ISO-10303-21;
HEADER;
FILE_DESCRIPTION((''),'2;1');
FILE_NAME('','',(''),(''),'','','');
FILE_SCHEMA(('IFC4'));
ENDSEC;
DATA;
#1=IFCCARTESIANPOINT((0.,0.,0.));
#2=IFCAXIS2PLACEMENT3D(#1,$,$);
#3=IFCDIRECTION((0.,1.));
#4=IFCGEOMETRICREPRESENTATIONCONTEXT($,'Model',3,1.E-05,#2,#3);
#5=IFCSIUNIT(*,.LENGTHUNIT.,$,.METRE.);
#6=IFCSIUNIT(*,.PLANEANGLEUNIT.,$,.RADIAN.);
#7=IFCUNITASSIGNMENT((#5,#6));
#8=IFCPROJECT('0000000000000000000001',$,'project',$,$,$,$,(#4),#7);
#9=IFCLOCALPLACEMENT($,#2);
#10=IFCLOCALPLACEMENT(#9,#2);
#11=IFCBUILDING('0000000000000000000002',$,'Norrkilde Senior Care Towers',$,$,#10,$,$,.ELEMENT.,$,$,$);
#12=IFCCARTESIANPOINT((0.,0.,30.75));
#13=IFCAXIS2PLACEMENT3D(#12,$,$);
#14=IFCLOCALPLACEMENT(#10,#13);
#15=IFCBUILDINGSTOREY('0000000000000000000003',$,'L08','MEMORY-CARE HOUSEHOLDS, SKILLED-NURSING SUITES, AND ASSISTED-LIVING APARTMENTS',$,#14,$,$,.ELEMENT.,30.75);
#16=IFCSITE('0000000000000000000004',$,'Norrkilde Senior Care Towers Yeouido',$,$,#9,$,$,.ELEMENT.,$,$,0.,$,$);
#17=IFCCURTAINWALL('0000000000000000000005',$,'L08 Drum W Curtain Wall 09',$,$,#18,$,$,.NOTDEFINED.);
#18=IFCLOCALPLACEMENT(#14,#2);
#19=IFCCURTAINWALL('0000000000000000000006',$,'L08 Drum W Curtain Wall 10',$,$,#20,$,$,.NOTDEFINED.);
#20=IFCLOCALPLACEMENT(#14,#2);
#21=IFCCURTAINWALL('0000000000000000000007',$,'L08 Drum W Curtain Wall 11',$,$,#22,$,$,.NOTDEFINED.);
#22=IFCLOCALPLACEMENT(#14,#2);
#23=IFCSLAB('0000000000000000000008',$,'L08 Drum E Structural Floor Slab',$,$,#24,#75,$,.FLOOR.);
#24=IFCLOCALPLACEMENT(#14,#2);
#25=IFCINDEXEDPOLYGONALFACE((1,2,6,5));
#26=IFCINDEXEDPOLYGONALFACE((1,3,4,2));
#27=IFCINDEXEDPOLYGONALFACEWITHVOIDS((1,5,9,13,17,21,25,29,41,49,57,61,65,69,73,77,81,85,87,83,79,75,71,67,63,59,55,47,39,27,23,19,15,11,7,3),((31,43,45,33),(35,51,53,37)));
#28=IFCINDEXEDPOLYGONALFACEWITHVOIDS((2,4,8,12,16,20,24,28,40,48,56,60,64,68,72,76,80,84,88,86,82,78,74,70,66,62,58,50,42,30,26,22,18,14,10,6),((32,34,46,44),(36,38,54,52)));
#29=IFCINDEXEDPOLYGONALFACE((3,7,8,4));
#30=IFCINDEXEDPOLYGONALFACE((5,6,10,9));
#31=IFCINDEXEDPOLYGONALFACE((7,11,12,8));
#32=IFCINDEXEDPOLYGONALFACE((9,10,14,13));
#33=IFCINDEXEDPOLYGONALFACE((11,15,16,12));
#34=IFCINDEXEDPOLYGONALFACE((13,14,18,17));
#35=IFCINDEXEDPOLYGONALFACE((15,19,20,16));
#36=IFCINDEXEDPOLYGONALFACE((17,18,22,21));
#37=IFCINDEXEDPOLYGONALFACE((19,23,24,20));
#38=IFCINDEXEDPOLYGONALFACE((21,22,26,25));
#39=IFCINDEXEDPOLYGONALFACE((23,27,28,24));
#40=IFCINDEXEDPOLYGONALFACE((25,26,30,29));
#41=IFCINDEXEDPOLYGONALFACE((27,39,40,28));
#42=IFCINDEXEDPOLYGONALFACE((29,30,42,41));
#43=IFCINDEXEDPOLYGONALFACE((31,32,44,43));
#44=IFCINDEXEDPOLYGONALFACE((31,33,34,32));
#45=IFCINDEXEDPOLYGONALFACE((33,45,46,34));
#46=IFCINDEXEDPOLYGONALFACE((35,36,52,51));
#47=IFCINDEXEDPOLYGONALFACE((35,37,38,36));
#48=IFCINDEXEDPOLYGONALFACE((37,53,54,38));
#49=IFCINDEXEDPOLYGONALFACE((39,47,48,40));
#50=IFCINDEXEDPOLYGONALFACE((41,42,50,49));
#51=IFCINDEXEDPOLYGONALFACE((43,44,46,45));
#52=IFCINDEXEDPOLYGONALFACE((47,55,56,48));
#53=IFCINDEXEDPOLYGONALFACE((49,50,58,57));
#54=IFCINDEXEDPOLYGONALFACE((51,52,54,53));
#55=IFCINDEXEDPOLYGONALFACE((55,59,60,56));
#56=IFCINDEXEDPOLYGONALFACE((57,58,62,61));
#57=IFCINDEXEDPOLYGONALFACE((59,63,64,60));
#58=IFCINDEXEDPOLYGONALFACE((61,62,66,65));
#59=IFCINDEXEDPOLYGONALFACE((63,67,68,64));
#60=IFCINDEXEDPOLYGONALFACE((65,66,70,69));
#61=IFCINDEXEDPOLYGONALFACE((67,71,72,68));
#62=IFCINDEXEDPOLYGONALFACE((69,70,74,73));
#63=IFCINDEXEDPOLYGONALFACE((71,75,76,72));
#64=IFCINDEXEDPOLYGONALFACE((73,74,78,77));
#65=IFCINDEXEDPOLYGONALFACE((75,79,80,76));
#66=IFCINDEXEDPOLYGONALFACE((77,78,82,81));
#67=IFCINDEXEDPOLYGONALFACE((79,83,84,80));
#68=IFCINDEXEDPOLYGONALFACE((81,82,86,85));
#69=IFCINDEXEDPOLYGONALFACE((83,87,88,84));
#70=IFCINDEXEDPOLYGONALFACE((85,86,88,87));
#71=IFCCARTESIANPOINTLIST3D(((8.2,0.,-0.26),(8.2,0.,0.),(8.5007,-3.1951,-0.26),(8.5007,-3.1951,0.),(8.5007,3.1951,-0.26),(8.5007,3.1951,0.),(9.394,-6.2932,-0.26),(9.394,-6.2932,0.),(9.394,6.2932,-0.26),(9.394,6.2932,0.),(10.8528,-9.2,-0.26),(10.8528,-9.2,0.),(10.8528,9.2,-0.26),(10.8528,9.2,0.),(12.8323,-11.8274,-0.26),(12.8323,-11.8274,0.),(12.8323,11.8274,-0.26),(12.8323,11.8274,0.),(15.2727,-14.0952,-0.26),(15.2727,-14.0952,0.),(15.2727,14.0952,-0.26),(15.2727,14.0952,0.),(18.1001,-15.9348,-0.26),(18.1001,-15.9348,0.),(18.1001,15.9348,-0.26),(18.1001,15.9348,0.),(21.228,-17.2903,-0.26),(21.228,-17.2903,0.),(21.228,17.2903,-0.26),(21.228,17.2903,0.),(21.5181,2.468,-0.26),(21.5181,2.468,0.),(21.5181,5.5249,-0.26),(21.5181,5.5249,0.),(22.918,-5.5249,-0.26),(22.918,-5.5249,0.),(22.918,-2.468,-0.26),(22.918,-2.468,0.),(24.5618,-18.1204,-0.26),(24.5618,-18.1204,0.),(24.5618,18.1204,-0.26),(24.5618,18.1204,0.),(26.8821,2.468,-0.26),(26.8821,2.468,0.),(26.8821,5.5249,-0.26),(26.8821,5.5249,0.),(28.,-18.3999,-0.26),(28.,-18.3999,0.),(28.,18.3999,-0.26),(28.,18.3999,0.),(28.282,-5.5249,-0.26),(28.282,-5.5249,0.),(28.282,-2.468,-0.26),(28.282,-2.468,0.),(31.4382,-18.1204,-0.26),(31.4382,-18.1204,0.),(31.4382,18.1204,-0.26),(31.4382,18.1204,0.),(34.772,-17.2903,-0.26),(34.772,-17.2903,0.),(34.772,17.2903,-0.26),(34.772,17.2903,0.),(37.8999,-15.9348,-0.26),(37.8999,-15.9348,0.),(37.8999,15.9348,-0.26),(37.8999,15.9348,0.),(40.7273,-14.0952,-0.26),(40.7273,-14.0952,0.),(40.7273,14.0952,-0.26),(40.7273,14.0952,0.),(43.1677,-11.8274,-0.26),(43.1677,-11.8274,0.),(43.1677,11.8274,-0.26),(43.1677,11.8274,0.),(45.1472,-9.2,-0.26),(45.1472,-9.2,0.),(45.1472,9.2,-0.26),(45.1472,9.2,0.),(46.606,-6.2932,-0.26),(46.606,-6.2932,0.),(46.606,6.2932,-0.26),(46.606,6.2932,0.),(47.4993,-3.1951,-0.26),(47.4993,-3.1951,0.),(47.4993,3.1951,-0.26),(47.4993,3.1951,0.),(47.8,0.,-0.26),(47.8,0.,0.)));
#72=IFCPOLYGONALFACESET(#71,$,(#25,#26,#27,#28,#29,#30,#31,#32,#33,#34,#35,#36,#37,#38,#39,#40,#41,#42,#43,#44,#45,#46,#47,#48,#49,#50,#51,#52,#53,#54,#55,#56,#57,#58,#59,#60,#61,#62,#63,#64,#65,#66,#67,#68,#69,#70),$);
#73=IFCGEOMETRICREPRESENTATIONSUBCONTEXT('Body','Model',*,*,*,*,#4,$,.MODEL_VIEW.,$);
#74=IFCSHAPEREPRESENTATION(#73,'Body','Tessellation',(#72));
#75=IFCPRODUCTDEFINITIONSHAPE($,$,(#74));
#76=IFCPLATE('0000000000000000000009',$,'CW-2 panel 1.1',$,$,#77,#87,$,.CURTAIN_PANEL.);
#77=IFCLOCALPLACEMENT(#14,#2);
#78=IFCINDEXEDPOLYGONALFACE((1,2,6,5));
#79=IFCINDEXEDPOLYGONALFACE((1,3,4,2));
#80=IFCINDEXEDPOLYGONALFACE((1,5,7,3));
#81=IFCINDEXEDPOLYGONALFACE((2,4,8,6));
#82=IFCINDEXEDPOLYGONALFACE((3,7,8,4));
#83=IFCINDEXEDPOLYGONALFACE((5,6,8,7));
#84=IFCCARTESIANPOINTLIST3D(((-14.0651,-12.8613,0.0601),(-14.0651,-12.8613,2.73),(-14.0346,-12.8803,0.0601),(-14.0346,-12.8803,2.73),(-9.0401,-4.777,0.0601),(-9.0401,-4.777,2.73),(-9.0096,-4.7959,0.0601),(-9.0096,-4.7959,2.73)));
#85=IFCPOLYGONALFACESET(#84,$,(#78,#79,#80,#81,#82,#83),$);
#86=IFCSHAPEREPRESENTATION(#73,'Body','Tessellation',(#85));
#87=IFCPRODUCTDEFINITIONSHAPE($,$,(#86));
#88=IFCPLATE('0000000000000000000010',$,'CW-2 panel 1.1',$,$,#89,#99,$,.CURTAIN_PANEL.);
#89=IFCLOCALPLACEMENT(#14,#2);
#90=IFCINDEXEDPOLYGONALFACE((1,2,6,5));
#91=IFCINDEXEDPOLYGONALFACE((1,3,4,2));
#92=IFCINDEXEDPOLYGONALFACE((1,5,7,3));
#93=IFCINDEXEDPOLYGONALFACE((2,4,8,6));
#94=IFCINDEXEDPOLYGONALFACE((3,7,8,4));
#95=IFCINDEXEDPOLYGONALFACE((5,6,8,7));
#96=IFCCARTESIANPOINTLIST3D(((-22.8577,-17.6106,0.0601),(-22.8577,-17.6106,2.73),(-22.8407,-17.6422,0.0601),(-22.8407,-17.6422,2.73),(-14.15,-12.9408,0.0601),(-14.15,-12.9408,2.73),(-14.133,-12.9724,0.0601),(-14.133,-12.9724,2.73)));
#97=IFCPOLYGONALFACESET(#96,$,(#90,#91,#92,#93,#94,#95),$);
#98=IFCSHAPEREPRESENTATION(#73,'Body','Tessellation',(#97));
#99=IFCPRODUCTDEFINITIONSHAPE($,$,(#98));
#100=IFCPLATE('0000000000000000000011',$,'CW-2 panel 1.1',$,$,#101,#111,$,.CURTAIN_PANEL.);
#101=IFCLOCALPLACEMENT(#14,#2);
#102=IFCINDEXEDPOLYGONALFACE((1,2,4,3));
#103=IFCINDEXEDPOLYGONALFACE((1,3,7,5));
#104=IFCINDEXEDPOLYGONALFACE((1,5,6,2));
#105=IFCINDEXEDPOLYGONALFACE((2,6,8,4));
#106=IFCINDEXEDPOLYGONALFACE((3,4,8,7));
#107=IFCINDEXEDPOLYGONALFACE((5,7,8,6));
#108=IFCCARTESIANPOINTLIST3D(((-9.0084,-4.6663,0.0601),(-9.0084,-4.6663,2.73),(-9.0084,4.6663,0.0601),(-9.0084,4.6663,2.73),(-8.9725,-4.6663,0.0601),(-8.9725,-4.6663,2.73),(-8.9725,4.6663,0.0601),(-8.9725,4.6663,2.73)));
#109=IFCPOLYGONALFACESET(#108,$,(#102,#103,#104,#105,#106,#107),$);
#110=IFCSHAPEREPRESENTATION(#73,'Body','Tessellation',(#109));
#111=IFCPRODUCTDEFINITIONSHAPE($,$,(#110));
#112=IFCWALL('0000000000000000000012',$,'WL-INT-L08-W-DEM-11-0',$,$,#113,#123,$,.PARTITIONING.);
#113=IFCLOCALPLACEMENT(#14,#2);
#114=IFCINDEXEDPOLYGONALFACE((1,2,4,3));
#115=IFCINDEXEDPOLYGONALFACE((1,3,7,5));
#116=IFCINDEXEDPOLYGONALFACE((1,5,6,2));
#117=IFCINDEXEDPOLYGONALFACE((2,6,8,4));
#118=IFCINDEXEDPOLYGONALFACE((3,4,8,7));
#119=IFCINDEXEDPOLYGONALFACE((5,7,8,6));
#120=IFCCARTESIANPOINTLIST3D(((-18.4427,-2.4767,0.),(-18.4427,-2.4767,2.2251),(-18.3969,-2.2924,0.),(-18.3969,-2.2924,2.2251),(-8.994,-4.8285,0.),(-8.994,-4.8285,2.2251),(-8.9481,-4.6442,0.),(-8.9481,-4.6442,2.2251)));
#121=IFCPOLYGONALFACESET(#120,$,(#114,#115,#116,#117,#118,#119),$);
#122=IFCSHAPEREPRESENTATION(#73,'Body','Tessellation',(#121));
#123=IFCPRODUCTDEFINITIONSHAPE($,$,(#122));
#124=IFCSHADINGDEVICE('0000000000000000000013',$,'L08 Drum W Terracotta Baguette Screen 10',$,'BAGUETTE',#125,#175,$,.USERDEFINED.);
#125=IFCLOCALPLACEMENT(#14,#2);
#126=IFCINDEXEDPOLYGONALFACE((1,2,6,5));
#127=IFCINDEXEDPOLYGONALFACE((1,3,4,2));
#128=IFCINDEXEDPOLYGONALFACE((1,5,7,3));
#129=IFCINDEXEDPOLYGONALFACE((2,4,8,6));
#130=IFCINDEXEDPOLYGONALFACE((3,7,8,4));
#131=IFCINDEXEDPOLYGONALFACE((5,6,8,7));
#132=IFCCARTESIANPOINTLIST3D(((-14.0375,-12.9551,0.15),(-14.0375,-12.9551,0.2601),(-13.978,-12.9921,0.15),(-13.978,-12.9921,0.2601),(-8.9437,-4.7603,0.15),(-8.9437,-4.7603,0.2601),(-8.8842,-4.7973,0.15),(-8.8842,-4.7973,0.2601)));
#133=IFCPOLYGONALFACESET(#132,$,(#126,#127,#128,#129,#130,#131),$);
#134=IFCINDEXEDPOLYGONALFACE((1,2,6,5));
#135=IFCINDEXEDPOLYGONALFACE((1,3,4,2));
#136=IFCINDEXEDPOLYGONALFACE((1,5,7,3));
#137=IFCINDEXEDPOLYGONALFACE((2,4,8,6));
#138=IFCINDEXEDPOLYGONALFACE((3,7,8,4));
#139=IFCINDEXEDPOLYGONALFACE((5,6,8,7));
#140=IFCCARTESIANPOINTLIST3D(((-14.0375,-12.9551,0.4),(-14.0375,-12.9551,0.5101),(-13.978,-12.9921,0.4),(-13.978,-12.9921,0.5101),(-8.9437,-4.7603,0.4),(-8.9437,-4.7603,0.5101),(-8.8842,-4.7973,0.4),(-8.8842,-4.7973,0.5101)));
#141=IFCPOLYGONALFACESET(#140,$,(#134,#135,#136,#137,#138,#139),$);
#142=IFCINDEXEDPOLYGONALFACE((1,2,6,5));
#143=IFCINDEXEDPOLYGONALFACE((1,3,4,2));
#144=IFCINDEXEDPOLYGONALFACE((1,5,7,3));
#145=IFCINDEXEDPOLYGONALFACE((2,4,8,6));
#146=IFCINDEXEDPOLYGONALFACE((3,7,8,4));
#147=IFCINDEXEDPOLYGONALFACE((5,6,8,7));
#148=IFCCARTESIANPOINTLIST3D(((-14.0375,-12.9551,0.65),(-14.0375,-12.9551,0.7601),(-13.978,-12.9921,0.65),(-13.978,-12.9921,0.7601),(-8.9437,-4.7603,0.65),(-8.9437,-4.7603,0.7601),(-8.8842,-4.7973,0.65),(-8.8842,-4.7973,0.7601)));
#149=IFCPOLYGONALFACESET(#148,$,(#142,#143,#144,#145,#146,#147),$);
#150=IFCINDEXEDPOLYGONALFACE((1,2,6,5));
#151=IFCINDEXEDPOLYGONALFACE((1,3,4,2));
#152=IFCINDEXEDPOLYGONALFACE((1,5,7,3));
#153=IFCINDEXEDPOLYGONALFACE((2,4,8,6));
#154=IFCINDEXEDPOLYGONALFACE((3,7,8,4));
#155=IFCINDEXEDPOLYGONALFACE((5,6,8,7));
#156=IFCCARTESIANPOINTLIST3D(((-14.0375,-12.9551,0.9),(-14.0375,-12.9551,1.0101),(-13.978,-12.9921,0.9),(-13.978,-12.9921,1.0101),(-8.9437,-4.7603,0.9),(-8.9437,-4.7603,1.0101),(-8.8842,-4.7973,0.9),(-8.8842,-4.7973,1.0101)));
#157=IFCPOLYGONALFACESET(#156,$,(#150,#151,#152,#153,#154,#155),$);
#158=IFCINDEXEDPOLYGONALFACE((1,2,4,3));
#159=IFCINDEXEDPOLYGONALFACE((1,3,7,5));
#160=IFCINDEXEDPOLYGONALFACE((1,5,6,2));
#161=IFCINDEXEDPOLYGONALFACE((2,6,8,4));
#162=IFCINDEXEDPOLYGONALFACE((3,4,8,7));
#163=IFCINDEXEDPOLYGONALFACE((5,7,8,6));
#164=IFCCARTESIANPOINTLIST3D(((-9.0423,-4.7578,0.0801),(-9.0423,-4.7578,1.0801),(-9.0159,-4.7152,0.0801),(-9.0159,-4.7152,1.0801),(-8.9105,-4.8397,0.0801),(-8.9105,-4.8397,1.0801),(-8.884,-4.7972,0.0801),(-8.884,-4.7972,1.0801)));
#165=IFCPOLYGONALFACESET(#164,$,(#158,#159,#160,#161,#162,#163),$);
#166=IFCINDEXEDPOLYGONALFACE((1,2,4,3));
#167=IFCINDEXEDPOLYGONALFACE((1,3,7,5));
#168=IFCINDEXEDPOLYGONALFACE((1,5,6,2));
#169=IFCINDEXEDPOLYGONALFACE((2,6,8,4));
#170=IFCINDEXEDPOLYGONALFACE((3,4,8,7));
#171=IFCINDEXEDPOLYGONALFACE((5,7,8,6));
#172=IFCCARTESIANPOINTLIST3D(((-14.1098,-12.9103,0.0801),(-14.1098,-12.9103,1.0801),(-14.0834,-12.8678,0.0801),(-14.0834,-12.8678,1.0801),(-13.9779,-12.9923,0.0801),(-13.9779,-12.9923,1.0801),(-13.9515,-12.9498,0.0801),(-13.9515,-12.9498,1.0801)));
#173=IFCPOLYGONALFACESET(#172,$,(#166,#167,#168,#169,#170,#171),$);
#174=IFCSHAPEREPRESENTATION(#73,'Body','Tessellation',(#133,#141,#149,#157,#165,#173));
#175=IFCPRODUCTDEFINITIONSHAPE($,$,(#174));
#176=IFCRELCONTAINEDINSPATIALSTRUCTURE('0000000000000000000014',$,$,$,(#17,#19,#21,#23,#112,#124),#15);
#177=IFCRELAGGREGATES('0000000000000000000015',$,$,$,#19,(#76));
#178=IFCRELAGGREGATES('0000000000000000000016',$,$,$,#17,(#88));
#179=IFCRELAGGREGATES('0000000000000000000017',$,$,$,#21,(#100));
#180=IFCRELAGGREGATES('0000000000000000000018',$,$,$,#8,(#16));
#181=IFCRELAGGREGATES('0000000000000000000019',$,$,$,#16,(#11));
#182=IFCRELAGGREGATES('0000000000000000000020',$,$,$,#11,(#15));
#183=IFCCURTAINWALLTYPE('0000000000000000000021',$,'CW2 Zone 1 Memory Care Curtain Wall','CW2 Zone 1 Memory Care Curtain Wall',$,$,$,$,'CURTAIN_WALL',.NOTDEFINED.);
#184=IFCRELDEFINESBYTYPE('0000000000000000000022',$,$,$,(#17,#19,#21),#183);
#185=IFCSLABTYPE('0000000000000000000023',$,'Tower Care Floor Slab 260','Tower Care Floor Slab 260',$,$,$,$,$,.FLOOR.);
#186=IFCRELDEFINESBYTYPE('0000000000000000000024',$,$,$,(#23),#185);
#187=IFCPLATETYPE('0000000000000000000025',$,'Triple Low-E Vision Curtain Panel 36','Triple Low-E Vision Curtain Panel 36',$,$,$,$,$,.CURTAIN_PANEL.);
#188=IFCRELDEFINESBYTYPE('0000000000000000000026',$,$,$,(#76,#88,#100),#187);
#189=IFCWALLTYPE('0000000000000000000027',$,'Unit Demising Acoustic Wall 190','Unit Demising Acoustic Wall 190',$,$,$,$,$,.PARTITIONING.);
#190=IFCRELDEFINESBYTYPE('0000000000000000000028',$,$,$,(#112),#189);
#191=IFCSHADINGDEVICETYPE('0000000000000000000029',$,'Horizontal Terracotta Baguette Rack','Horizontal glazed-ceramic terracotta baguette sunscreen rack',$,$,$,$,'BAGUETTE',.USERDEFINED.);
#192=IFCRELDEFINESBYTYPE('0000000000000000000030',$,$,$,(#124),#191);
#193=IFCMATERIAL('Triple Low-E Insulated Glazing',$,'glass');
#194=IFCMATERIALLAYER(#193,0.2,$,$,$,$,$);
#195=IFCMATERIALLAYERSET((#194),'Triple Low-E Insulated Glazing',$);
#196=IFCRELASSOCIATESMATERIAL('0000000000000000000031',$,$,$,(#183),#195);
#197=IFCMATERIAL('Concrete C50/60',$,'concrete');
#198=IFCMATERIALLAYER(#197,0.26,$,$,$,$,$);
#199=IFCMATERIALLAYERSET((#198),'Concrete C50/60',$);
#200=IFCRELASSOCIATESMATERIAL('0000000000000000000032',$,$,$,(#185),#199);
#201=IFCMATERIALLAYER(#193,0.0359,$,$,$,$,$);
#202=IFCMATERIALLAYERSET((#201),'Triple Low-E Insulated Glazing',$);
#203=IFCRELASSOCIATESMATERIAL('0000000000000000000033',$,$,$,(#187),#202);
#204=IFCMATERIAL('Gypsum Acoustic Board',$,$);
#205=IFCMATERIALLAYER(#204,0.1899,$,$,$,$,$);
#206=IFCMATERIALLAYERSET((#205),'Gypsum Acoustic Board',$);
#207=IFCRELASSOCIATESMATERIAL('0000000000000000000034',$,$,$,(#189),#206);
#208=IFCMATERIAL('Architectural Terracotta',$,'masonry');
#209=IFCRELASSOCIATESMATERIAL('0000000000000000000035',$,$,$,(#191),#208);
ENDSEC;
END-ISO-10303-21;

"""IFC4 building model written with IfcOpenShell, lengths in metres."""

from ifc_helpers import new_model, si_unit, direction, frame, frame_2d, origin, origin_2d, place, context, subcontext, project, spatial, polyline, rectangle, outline, extrude, source, transform, mapped, material, layer, layer_set, type_object, type_shapes, element, aggregate, save


model = new_model("IFC4")

# Units and contexts
model_context = context("Model", 3, precision=1e-05, world=origin(), true_north=direction((0.0, 1.0)))
body_context = subcontext(model_context, "Body", "Model", "MODEL_VIEW")
ifc_project = project(units=[si_unit("LENGTHUNIT", "METRE"), si_unit("PLANEANGLEUNIT", "RADIAN")], contexts=[model_context])

# Site, building, storey
site_placement = place(None, origin())
site = spatial("IfcSite", under=ifc_project, at=site_placement, Name="Norrkilde Senior Care Towers Yeouido", CompositionType="ELEMENT", RefElevation=0.0)
building_placement = place(site_placement, origin())
building = spatial("IfcBuilding", under=site, at=building_placement, Name="Norrkilde Senior Care Towers", CompositionType="ELEMENT")
storey_placement = place(building_placement, frame((0.0, 0.0, 30.75)))
storey = spatial("IfcBuildingStorey", under=building, at=storey_placement, Name="L08", Description="MEMORY-CARE HOUSEHOLDS, SKILLED-NURSING SUITES, AND ASSISTED-LIVING APARTMENTS", CompositionType="ELEMENT", Elevation=30.75)

# Curtain wall
ifc_material_1 = material(Name="Triple Low-E Insulated Glazing", Category="glass")
ifc_layer_1 = layer(ifc_material_1, 0.2)
ifc_layer_set_1 = layer_set([ifc_layer_1], Name="Triple Low-E Insulated Glazing")
curtain_wall_type = type_object("IfcCurtainWallType", Name="CW2 Zone 1 Memory Care Curtain Wall", Description="CW2 Zone 1 Memory Care Curtain Wall", ElementType="CURTAIN_WALL", PredefinedType="NOTDEFINED", material=ifc_layer_set_1)
curtain_wall_1_placement = place(storey_placement, origin())
curtain_wall_1 = element("IfcCurtainWall", 1, at=curtain_wall_1_placement, inside=storey, type_object=curtain_wall_type, Name="L08 Drum W Curtain Wall 09", PredefinedType="NOTDEFINED")

# Curtain wall
curtain_wall_2_placement = place(storey_placement, origin())
curtain_wall_2 = element("IfcCurtainWall", 2, at=curtain_wall_2_placement, inside=storey, type_object=curtain_wall_type, Name="L08 Drum W Curtain Wall 10", PredefinedType="NOTDEFINED")

# Curtain wall
curtain_wall_3_placement = place(storey_placement, origin())
curtain_wall_3 = element("IfcCurtainWall", 3, at=curtain_wall_3_placement, inside=storey, type_object=curtain_wall_type, Name="L08 Drum W Curtain Wall 11", PredefinedType="NOTDEFINED")

# Shared definitions
ifc_material_2 = material(Name="Concrete C50/60", Category="concrete")

# Slab
ifc_layer_2 = layer(ifc_material_2, 0.26)
ifc_layer_set_2 = layer_set([ifc_layer_2], Name="Concrete C50/60")
slab_type_1 = type_object("IfcSlabType", Name="Tower Care Floor Slab 260", Description="Tower Care Floor Slab 260", PredefinedType="FLOOR", material=ifc_layer_set_2)
slab_1_placement = place(storey_placement, frame((0.0, 0.0, -0.26)))
element("IfcSlab", 4, at=slab_1_placement, inside=storey, type_object=slab_type_1, Name="L08 Drum E Structural Floor Slab", PredefinedType="FLOOR", context=body_context, shape_type="SweptSolid", body=[
    extrude(outline(polyline([(46.606, -6.2932), (45.1472, -9.2), (43.1677, -11.8274), (40.7273, -14.0952), (37.8999, -15.9348), (34.772, -17.2903), (31.4382, -18.1204), (28.0, -18.3999), (24.5618, -18.1204), (21.228, -17.2903), (18.1001, -15.9348), (15.2727, -14.0952), (12.8323, -11.8274), (10.8528, -9.2), (9.394, -6.2932), (8.5007, -3.1951), (8.2, 0.0), (8.5007, 3.1951), (9.394, 6.2932), (10.8528, 9.2), (12.8323, 11.8274), (15.2727, 14.0952), (18.1001, 15.9348), (21.228, 17.2903), (24.5618, 18.1204), (28.0, 18.3999), (31.4382, 18.1204), (34.772, 17.2903), (37.8999, 15.9348), (40.7273, 14.0952), (43.1677, 11.8274), (45.1472, 9.2), (46.606, 6.2932), (47.4993, 3.1951), (47.8, 0.0), (47.4993, -3.1951), (46.606, -6.2932)]), holes=[polyline([(21.5181, 2.468), (26.8821, 2.468), (26.8821, 5.5249), (21.5181, 5.5249), (21.5181, 2.468)]), polyline([(28.282, -5.5249), (28.282, -2.468), (22.918, -2.468), (22.918, -5.5249), (28.282, -5.5249)])]), origin(), (0.0, 0.0, 1.0), 0.26),
])

# Plates
ifc_layer_3 = layer(ifc_material_1, 0.0359)
ifc_layer_set_3 = layer_set([ifc_layer_3], Name="Triple Low-E Insulated Glazing")
plate_type = type_object("IfcPlateType", Name="Triple Low-E Vision Curtain Panel 36", Description="Triple Low-E Vision Curtain Panel 36", PredefinedType="CURTAIN_PANEL", material=ifc_layer_set_3)
shared_shape_1 = source(origin(), body_context, "Body", "SweptSolid", [
    extrude(rectangle(XDim=9.5188, YDim=0.0359, at=origin_2d()), origin(), (0.0, 0.0, 1.0), 2.6699),
])
plate_1_placement = place(storey_placement, frame((-11.5374, -8.8286, 0.0601), z_axis=(0.0, 0.0, 1.0), x_axis=(-0.527901, -0.849306, 0.0)))
plate_1 = element("IfcPlate", 5, at=plate_1_placement, type_object=plate_type, Name="CW-2 panel 1.1", PredefinedType="CURTAIN_PANEL", context=body_context, shape_type="MappedRepresentation", body=[
    mapped(shared_shape_1, transform((0.0, 0.0, 0.0), x_axis=(1.0, 0.0, 0.0), y_axis=(0.0, 1.0, 0.0), z_axis=(0.0, 0.0, 1.0), scale=1.0)),
])
aggregate(curtain_wall_2, [plate_1])
shared_shape_2 = source(origin(), body_context, "Body", "SweptSolid", [
    extrude(rectangle(XDim=9.8809, YDim=0.0359, at=origin_2d()), origin(), (0.0, 0.0, 1.0), 2.6699),
])
plate_2_placement = place(storey_placement, frame((-18.4954, -15.2915, 0.0601), z_axis=(0.0, 0.0, 1.0), x_axis=(-0.881273, -0.472608, 0.0)))
plate_2 = element("IfcPlate", 6, at=plate_2_placement, type_object=plate_type, Name="CW-2 panel 1.1", PredefinedType="CURTAIN_PANEL", context=body_context, shape_type="MappedRepresentation", body=[
    mapped(shared_shape_2, transform((0.0, 0.0, 0.0), x_axis=(1.0, 0.0, 0.0), y_axis=(0.0, 1.0, 0.0), z_axis=(0.0, 0.0, 1.0), scale=1.0)),
])
aggregate(curtain_wall_1, [plate_2])
shared_shape_3 = source(origin(), body_context, "Body", "SweptSolid", [
    extrude(rectangle(XDim=9.3325, YDim=0.0359, at=origin_2d()), origin(), (0.0, 0.0, 1.0), 2.6699),
])
type_shapes(plate_type, [shared_shape_1, shared_shape_2, shared_shape_3])
plate_3_placement = place(storey_placement, frame((-8.9905, 0.0, 0.0601), z_axis=(0.0, 0.0, 1.0), x_axis=(0.0, -1.0, 0.0)))
plate_3 = element("IfcPlate", 7, at=plate_3_placement, type_object=plate_type, Name="CW-2 panel 1.1", PredefinedType="CURTAIN_PANEL", context=body_context, shape_type="MappedRepresentation", body=[
    mapped(shared_shape_3, transform((0.0, 0.0, 0.0), x_axis=(1.0, 0.0, 0.0), y_axis=(0.0, 1.0, 0.0), z_axis=(0.0, 0.0, 1.0), scale=1.0)),
])
aggregate(curtain_wall_3, [plate_3])

# Wall
ifc_material_3 = material(Name="Gypsum Acoustic Board")
ifc_layer_4 = layer(ifc_material_3, 0.1899)
ifc_layer_set_4 = layer_set([ifc_layer_4], Name="Gypsum Acoustic Board")
wall_type = type_object("IfcWallType", Name="Unit Demising Acoustic Wall 190", Description="Unit Demising Acoustic Wall 190", PredefinedType="PARTITIONING", material=ifc_layer_set_4)
shared_shape_4 = source(origin(), body_context, "Body", "SweptSolid", [
    extrude(rectangle(XDim=9.7371, YDim=0.1899, at=frame_2d((4.8687, 0.0))), origin(), (0.0, 0.0, 1.0), 2.2251),
])
type_shapes(wall_type, [shared_shape_4])
wall_placement = place(storey_placement, frame((-18.4199, -2.3845, 0.0), z_axis=(0.0, 0.0, 1.0), x_axis=(0.970393, -0.241533, 0.0)))
element("IfcWall", 8, at=wall_placement, inside=storey, type_object=wall_type, Name="WL-INT-L08-W-DEM-11-0", PredefinedType="PARTITIONING", context=body_context, shape_type="MappedRepresentation", body=[
    mapped(shared_shape_4, transform((0.0, 0.0, 0.0), x_axis=(1.0, 0.0, 0.0), y_axis=(0.0, 1.0, 0.0), z_axis=(0.0, 0.0, 1.0), scale=1.0)),
])

# Shading device
ifc_material_4 = material(Name="Architectural Terracotta", Category="masonry")
shading_device_type = type_object("IfcShadingDeviceType", Name="Horizontal Terracotta Baguette Rack", Description="Horizontal glazed-ceramic terracotta baguette sunscreen rack", ElementType="BAGUETTE", PredefinedType="USERDEFINED", material=ifc_material_4)
shared_shape_5 = source(origin(), body_context, "Body", "SweptSolid", [
    extrude(rectangle(XDim=0.0701, YDim=0.1101, at=origin_2d()), frame((0.0, 0.0901, 0.125), z_axis=(1.0, 0.0, 0.0), x_axis=(0.0, 1.0, 0.0)), (0.0, 0.0, 1.0), 9.6489),
    extrude(rectangle(XDim=0.0701, YDim=0.1101, at=origin_2d()), frame((0.0, 0.0901, 0.375), z_axis=(1.0, 0.0, 0.0), x_axis=(0.0, 1.0, 0.0)), (0.0, 0.0, 1.0), 9.6489),
    extrude(rectangle(XDim=0.0701, YDim=0.1101, at=origin_2d()), frame((0.0, 0.0901, 0.625), z_axis=(1.0, 0.0, 0.0), x_axis=(0.0, 1.0, 0.0)), (0.0, 0.0, 1.0), 9.6489),
    extrude(rectangle(XDim=0.0701, YDim=0.1101, at=origin_2d()), frame((0.0, 0.0901, 0.875), z_axis=(1.0, 0.0, 0.0), x_axis=(0.0, 1.0, 0.0)), (0.0, 0.0, 1.0), 9.6489),
    extrude(rectangle(XDim=0.05, YDim=0.1553, at=origin_2d()), frame((0.0249, 0.0476, 0.0)), (0.0, 0.0, 1.0), 1.0),
    extrude(rectangle(XDim=0.05, YDim=0.1553, at=origin_2d()), frame((9.624, 0.0476, 0.0)), (0.0, 0.0, 1.0), 1.0),
])
type_shapes(shading_device_type, [shared_shape_5])
shading_device_placement = place(storey_placement, frame((-8.9905, -4.7312, 0.0801), z_axis=(0.0, 0.0, 1.0), x_axis=(-0.527909, -0.849299, 0.0)))
element("IfcShadingDevice", 9, at=shading_device_placement, inside=storey, type_object=shading_device_type, Name="L08 Drum W Terracotta Baguette Screen 10", ObjectType="BAGUETTE", PredefinedType="USERDEFINED", context=body_context, shape_type="MappedRepresentation", body=[
    mapped(shared_shape_5, transform((0.0, 0.0, 0.0), x_axis=(1.0, 0.0, 0.0), y_axis=(0.0, 1.0, 0.0), z_axis=(0.0, 0.0, 1.0), scale=1.0)),
])

save(model, "model.ifc")
